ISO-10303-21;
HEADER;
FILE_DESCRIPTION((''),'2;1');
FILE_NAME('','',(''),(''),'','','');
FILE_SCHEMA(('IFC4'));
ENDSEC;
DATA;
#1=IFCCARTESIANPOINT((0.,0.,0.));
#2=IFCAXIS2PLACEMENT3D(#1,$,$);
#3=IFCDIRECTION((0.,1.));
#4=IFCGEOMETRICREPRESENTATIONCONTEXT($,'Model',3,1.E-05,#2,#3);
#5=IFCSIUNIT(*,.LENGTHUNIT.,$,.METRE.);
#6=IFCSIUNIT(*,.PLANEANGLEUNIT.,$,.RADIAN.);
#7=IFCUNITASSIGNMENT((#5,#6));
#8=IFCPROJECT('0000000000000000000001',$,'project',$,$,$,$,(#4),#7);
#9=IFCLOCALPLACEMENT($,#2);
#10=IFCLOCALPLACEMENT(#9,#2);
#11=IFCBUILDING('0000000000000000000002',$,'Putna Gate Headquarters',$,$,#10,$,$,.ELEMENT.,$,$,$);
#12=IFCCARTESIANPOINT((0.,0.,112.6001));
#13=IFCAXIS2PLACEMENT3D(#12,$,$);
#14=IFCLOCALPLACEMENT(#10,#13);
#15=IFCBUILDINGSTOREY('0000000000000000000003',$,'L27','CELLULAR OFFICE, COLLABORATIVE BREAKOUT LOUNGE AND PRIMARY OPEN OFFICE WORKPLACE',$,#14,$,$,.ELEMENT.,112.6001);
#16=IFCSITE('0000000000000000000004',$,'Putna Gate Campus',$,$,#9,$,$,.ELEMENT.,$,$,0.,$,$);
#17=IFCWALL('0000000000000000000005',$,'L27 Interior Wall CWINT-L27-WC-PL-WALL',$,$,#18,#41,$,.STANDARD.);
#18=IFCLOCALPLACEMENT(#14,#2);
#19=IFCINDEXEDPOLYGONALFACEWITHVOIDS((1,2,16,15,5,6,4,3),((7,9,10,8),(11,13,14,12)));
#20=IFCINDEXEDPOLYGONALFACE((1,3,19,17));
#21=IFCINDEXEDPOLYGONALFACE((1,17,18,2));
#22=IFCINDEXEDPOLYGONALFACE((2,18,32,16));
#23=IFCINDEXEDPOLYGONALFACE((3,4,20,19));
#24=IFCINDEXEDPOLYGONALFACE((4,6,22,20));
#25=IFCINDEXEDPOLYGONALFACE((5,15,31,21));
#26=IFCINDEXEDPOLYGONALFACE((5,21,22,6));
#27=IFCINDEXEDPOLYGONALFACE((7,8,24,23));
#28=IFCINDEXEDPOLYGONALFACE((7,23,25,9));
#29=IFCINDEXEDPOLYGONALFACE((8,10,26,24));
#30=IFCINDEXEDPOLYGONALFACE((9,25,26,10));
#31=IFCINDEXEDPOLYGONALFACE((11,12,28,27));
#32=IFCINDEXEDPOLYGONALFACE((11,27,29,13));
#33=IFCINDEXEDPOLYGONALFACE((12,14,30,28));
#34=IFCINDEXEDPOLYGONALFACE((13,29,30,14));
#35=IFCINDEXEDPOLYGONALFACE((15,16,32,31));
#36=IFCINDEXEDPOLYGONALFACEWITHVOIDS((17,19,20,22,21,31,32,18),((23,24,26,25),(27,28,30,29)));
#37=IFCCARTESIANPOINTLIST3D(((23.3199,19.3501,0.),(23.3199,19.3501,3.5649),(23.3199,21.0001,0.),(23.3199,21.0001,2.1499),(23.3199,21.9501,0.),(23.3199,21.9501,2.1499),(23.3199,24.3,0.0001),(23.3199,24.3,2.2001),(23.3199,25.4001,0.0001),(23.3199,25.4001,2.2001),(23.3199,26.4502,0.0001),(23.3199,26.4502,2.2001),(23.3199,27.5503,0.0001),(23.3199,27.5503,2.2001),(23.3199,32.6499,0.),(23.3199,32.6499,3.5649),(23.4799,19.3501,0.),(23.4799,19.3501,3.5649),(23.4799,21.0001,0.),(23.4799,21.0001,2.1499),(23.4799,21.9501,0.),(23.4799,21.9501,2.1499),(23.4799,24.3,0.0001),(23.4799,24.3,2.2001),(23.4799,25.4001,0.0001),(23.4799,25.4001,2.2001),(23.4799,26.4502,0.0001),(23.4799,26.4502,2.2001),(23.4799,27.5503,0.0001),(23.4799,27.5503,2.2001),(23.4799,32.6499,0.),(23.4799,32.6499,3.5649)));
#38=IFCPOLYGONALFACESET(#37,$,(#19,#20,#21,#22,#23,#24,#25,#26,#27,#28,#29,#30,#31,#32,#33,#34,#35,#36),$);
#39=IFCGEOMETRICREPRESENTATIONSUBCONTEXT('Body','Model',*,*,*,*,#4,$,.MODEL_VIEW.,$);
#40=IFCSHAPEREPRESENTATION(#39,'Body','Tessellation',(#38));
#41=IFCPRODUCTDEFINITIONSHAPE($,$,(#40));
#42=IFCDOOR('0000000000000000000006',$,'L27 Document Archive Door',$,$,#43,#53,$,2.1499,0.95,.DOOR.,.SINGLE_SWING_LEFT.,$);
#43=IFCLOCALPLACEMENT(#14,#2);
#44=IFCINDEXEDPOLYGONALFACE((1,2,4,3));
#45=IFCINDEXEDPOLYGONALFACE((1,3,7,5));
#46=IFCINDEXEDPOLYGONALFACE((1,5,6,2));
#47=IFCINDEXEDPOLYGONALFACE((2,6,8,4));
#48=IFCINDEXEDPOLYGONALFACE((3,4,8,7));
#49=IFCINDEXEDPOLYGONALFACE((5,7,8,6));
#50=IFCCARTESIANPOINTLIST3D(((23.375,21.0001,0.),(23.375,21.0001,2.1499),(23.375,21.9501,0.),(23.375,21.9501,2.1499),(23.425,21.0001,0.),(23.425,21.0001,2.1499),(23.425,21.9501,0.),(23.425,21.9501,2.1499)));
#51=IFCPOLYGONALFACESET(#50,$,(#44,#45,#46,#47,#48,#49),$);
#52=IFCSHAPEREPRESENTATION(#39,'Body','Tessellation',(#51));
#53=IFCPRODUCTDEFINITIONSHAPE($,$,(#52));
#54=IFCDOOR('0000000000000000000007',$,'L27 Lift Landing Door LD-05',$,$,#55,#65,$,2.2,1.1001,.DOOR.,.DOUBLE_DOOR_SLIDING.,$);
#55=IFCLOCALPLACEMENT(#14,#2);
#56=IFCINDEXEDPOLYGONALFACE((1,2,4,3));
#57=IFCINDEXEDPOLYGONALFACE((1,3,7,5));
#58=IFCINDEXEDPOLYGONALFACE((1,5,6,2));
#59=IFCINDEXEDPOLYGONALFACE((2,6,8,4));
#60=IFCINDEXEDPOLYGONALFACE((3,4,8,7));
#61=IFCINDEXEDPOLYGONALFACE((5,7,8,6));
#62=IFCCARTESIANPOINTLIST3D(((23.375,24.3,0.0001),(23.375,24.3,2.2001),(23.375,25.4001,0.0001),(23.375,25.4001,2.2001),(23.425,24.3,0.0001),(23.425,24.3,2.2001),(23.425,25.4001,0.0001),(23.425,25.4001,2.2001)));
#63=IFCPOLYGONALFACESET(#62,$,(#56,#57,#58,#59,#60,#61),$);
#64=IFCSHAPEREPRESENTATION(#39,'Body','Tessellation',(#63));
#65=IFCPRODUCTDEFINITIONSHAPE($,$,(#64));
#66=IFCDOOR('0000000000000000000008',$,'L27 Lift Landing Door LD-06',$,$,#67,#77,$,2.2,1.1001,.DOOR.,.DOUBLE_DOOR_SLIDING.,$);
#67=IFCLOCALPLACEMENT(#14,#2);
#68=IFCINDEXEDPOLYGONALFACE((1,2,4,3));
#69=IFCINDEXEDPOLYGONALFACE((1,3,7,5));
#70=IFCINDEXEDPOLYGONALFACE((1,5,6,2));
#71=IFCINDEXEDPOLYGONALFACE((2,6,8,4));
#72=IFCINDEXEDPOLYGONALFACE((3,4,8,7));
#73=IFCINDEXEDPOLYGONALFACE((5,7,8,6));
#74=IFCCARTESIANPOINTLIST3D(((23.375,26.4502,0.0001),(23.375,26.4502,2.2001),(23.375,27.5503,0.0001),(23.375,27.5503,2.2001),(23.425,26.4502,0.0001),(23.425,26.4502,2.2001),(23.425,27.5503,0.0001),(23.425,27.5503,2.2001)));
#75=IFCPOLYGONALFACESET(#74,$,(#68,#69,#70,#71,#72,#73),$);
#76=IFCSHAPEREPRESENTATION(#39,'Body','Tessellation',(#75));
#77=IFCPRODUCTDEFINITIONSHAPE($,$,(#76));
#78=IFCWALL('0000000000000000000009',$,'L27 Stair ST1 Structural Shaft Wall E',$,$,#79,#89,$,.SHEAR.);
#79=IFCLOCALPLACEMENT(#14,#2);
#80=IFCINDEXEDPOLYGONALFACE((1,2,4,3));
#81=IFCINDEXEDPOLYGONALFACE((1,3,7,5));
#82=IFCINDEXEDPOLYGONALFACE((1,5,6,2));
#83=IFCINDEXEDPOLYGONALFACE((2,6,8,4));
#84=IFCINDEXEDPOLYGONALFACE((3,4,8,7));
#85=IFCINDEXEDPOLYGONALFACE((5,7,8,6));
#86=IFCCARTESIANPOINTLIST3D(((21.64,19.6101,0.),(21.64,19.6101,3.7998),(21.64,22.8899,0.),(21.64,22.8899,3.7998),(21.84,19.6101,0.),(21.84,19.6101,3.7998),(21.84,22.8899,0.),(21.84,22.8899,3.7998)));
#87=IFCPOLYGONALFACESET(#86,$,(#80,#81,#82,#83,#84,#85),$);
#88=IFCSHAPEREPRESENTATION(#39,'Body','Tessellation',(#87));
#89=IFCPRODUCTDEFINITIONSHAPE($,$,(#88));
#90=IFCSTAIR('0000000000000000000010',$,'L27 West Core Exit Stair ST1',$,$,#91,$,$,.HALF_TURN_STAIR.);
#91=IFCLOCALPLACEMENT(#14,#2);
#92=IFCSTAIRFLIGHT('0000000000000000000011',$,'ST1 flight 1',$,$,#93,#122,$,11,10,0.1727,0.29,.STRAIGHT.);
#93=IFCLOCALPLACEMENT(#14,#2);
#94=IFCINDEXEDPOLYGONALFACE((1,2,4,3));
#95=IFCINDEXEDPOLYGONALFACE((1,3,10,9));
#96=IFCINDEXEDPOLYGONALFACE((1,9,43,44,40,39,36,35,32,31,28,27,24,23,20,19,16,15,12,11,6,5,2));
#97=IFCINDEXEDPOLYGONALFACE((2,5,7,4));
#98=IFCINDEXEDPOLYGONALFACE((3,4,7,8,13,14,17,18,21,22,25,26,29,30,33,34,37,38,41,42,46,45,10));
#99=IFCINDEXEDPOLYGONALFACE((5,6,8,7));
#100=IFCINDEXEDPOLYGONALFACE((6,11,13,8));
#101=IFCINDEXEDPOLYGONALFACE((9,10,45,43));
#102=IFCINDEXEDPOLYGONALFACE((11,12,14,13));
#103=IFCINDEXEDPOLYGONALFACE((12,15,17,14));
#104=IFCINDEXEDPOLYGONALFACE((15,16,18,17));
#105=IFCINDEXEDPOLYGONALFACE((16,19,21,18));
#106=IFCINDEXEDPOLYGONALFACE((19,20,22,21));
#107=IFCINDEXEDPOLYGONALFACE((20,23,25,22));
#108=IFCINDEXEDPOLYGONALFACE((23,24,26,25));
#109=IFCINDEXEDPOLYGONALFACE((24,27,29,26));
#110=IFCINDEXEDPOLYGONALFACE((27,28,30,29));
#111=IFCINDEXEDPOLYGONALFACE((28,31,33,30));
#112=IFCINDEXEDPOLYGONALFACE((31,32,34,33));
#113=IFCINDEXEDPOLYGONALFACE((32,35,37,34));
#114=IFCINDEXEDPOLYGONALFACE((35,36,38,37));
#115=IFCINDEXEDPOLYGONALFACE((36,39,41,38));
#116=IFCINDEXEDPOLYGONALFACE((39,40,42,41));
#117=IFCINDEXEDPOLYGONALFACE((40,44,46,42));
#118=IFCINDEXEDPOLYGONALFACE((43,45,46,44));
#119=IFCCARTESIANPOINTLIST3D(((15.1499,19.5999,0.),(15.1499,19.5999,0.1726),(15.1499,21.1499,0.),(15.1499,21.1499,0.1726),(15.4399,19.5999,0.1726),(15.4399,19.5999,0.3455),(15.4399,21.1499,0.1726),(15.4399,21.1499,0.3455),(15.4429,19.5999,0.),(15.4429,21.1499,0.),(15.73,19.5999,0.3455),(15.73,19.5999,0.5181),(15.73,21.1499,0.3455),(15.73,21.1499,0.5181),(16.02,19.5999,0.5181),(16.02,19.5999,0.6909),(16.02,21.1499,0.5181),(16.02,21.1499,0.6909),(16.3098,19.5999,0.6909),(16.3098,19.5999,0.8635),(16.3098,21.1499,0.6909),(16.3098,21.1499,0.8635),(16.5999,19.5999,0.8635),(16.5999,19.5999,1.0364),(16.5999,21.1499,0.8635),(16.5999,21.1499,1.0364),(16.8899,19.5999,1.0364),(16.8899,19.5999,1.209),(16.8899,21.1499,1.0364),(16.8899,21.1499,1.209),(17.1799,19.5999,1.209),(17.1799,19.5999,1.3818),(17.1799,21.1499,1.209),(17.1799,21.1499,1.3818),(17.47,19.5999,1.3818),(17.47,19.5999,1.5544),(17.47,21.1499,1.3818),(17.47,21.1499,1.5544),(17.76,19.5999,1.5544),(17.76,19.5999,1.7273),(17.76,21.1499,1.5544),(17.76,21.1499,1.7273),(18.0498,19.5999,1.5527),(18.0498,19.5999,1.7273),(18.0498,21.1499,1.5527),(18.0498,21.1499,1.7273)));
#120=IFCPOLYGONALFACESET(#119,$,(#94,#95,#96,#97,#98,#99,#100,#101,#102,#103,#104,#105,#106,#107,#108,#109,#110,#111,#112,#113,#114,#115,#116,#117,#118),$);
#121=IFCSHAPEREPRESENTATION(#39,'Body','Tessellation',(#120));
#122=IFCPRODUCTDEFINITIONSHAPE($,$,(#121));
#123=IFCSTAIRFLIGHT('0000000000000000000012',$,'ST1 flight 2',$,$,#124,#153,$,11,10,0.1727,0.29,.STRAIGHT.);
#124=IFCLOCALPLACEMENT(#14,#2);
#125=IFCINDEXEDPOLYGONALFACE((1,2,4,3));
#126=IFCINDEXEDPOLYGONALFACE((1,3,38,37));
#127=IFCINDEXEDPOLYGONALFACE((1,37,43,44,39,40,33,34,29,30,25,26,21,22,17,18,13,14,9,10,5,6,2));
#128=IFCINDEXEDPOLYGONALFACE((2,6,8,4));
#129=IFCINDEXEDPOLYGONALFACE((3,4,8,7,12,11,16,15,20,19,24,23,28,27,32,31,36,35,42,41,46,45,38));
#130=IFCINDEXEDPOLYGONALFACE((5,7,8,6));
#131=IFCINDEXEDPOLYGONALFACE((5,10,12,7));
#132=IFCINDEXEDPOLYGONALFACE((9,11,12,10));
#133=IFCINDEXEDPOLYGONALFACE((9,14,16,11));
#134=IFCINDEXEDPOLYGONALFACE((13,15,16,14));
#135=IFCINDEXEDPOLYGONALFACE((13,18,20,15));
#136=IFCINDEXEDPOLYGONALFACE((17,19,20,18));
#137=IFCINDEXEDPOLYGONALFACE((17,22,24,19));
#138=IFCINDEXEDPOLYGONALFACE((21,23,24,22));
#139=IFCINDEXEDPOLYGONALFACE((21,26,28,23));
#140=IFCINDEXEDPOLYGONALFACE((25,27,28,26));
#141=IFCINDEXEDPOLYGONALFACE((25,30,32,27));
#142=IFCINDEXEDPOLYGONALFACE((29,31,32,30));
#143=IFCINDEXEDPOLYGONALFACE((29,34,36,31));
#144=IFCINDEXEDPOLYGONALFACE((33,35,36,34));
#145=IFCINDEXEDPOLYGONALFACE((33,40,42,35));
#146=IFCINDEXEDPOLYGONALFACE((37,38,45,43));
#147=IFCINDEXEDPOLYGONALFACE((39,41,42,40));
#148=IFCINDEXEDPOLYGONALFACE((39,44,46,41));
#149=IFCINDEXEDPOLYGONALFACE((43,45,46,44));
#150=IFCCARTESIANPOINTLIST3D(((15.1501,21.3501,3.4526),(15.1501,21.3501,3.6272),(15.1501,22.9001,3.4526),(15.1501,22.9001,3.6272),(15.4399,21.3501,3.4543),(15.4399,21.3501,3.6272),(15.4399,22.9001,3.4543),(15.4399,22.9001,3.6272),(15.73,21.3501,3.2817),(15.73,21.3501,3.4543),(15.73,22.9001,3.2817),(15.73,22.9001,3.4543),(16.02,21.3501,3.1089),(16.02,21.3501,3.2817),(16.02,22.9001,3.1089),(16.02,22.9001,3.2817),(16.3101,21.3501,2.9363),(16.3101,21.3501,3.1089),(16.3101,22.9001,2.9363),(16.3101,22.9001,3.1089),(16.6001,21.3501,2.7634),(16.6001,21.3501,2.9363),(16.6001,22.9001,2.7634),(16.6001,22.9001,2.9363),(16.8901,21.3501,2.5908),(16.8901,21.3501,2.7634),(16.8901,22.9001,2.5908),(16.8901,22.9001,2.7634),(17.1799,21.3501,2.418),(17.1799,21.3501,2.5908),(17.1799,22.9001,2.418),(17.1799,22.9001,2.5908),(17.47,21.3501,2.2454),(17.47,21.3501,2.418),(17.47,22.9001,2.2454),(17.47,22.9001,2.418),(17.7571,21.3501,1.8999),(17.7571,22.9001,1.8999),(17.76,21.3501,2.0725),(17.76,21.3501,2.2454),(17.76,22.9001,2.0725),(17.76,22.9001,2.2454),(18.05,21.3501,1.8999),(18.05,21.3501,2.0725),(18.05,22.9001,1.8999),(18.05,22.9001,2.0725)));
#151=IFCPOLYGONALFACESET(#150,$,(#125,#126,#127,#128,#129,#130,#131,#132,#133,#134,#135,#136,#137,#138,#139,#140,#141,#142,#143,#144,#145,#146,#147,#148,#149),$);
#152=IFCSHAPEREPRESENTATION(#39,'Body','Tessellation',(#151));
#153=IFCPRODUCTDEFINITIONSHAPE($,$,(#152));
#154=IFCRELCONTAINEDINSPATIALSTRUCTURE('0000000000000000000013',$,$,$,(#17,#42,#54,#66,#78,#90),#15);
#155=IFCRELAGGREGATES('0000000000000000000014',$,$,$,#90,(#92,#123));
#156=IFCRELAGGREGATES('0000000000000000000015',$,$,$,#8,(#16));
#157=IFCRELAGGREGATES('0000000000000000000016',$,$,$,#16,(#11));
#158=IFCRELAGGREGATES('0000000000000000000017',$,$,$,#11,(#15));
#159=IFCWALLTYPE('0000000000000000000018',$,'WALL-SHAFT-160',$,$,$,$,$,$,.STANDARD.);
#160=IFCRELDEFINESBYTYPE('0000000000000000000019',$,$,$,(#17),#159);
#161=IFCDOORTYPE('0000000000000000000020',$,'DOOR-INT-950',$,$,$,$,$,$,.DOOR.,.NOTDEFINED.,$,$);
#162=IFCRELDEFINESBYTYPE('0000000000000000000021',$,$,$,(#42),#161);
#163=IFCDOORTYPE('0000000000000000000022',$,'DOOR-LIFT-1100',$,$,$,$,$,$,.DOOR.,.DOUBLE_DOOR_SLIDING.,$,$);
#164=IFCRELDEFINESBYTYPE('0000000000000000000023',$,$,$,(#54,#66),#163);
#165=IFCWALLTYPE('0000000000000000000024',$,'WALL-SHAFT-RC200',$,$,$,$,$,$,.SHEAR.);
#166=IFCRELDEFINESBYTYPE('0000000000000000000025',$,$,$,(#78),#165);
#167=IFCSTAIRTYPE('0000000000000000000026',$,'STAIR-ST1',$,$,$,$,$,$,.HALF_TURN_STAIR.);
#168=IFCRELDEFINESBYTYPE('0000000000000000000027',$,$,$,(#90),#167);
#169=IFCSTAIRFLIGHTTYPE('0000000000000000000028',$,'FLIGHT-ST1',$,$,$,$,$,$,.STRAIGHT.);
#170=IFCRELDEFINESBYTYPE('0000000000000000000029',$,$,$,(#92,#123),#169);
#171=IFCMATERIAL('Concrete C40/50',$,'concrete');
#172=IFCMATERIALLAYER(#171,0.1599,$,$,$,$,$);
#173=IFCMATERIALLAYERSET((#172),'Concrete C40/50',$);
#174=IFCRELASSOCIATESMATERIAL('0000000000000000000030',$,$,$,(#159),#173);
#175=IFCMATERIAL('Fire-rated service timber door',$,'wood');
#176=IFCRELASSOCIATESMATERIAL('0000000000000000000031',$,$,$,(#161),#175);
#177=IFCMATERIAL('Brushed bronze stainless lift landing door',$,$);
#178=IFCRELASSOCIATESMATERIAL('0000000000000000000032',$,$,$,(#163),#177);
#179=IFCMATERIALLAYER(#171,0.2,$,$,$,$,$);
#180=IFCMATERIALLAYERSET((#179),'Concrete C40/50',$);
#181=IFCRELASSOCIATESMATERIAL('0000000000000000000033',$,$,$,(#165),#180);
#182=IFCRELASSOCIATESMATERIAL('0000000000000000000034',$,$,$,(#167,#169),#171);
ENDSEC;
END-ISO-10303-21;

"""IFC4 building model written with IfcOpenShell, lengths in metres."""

from ifc_helpers import new_model, si_unit, direction, frame, frame_2d, origin, place, context, subcontext, project, spatial, polyline, rectangle, outline, extrude, material, layer, layer_set, type_object, element, fill, aggregate, save


model = new_model("IFC4")

# Units and contexts
model_context = context("Model", 3, precision=1e-05, world=origin(), true_north=direction((0.0, 1.0)))
body_context = subcontext(model_context, "Body", "Model", "MODEL_VIEW")
ifc_project = project(units=[si_unit("LENGTHUNIT", "METRE"), si_unit("PLANEANGLEUNIT", "RADIAN")], contexts=[model_context])

# Site, building, storey
site_placement = place(None, origin())
site = spatial("IfcSite", under=ifc_project, at=site_placement, Name="Putna Gate Campus", CompositionType="ELEMENT", RefElevation=0.0)
building_placement = place(site_placement, origin())
building = spatial("IfcBuilding", under=site, at=building_placement, Name="Putna Gate Headquarters", CompositionType="ELEMENT")
storey_placement = place(building_placement, frame((0.0, 0.0, 112.6001)))
storey = spatial("IfcBuildingStorey", under=building, at=storey_placement, Name="L27", Description="CELLULAR OFFICE, COLLABORATIVE BREAKOUT LOUNGE AND PRIMARY OPEN OFFICE WORKPLACE", CompositionType="ELEMENT", Elevation=112.6001)

# Wall, openings, doors
ifc_material_1 = material(Name="Concrete C40/50", Category="concrete")
ifc_layer_1 = layer(ifc_material_1, 0.1599)
ifc_layer_set_1 = layer_set([ifc_layer_1], Name="Concrete C40/50")
wall_type_1 = type_object("IfcWallType", Name="WALL-SHAFT-160", PredefinedType="STANDARD", material=ifc_layer_set_1)
wall_1_placement = place(storey_placement, frame((23.3999, 19.3501, 0.0), z_axis=(0.0, 0.0, 1.0), x_axis=(0.0, 1.0, 0.0)))
wall_1 = element("IfcWall", 1, at=wall_1_placement, inside=storey, type_object=wall_type_1, Name="L27 Interior Wall CWINT-L27-WC-PL-WALL", PredefinedType="STANDARD", context=body_context, shape_type="SweptSolid", body=[
    extrude(rectangle(XDim=13.2998, YDim=0.1599, at=frame_2d((6.6499, 0.0))), origin(), (0.0, 0.0, 1.0), 3.5649),
])
opening_1_placement = place(wall_1_placement, frame((1.6499, 0.0, 0.0)))
opening_1 = element("IfcOpeningElement", 2, at=opening_1_placement, cuts=wall_1, PredefinedType="OPENING", context=body_context, shape_type="SweptSolid", body=[
    extrude(rectangle(XDim=0.95, YDim=2.1499, at=frame_2d((0.4751, 1.075))), frame((0.0, 0.0898, 0.0), z_axis=(0.0, -1.0, 0.0), x_axis=(1.0, 0.0, 0.0)), (0.0, 0.0, 1.0), 0.1799),
])
opening_2_placement = place(wall_1_placement, frame((4.95, 0.0, 0.0)))
opening_2 = element("IfcOpeningElement", 3, at=opening_2_placement, cuts=wall_1, PredefinedType="OPENING", context=body_context, shape_type="SweptSolid", body=[
    extrude(rectangle(XDim=1.1001, YDim=2.2, at=frame_2d((0.55, 1.1001))), frame((0.0, 0.0898, 0.0), z_axis=(0.0, -1.0, 0.0), x_axis=(1.0, 0.0, 0.0)), (0.0, 0.0, 1.0), 0.1799),
])
opening_3_placement = place(wall_1_placement, frame((7.1001, 0.0, 0.0)))
opening_3 = element("IfcOpeningElement", 4, at=opening_3_placement, cuts=wall_1, PredefinedType="OPENING", context=body_context, shape_type="SweptSolid", body=[
    extrude(rectangle(XDim=1.1001, YDim=2.2, at=frame_2d((0.55, 1.1001))), frame((0.0, 0.0898, 0.0), z_axis=(0.0, -1.0, 0.0), x_axis=(1.0, 0.0, 0.0)), (0.0, 0.0, 1.0), 0.1799),
])
ifc_material_2 = material(Name="Fire-rated service timber door", Category="wood")
door_type_1 = type_object("IfcDoorType", Name="DOOR-INT-950", OperationType="NOTDEFINED", PredefinedType="DOOR", material=ifc_material_2)
door_1_placement = place(opening_1_placement, origin())
door_1 = element("IfcDoor", 5, at=door_1_placement, inside=storey, type_object=door_type_1, Name="L27 Document Archive Door", OperationType="SINGLE_SWING_LEFT", OverallHeight=2.1499, OverallWidth=0.95, PredefinedType="DOOR", context=body_context, shape_type="SweptSolid", body=[
    extrude(rectangle(XDim=0.95, YDim=2.1499, at=frame_2d((0.4751, 1.075))), frame((0.0, 0.0249, 0.0), z_axis=(0.0, -1.0, 0.0), x_axis=(1.0, 0.0, 0.0)), (0.0, 0.0, 1.0), 0.05),
])
fill(opening_1, door_1)
ifc_material_3 = material(Name="Brushed bronze stainless lift landing door")
door_type_2 = type_object("IfcDoorType", Name="DOOR-LIFT-1100", OperationType="DOUBLE_DOOR_SLIDING", PredefinedType="DOOR", material=ifc_material_3)
door_2_placement = place(opening_2_placement, origin())
door_2 = element("IfcDoor", 6, at=door_2_placement, inside=storey, type_object=door_type_2, Name="L27 Lift Landing Door LD-05", OperationType="DOUBLE_DOOR_SLIDING", OverallHeight=2.2, OverallWidth=1.1001, PredefinedType="DOOR", context=body_context, shape_type="SweptSolid", body=[
    extrude(rectangle(XDim=1.1001, YDim=2.2, at=frame_2d((0.55, 1.1001))), frame((0.0, 0.0249, 0.0), z_axis=(0.0, -1.0, 0.0), x_axis=(1.0, 0.0, 0.0)), (0.0, 0.0, 1.0), 0.05),
])
fill(opening_2, door_2)
door_3_placement = place(opening_3_placement, origin())
door_3 = element("IfcDoor", 7, at=door_3_placement, inside=storey, type_object=door_type_2, Name="L27 Lift Landing Door LD-06", OperationType="DOUBLE_DOOR_SLIDING", OverallHeight=2.2, OverallWidth=1.1001, PredefinedType="DOOR", context=body_context, shape_type="SweptSolid", body=[
    extrude(rectangle(XDim=1.1001, YDim=2.2, at=frame_2d((0.55, 1.1001))), frame((0.0, 0.0249, 0.0), z_axis=(0.0, -1.0, 0.0), x_axis=(1.0, 0.0, 0.0)), (0.0, 0.0, 1.0), 0.05),
])
fill(opening_3, door_3)

# Wall
ifc_layer_2 = layer(ifc_material_1, 0.2)
ifc_layer_set_2 = layer_set([ifc_layer_2], Name="Concrete C40/50")
wall_type_2 = type_object("IfcWallType", Name="WALL-SHAFT-RC200", PredefinedType="SHEAR", material=ifc_layer_set_2)
wall_2_placement = place(storey_placement, frame((21.74, 19.6101, 0.0), z_axis=(0.0, 0.0, 1.0), x_axis=(0.0, 1.0, 0.0)))
element("IfcWall", 8, at=wall_2_placement, inside=storey, type_object=wall_type_2, Name="L27 Stair ST1 Structural Shaft Wall E", PredefinedType="SHEAR", context=body_context, shape_type="SweptSolid", body=[
    extrude(rectangle(XDim=3.2798, YDim=0.2, at=frame_2d((1.6399, 0.0))), origin(), (0.0, 0.0, 1.0), 3.7998),
])

# Stair, stair flights
stair_type = type_object("IfcStairType", Name="STAIR-ST1", PredefinedType="HALF_TURN_STAIR", material=ifc_material_1)
stair_placement = place(storey_placement, origin())
stair = element("IfcStair", 9, at=stair_placement, inside=storey, type_object=stair_type, Name="L27 West Core Exit Stair ST1", PredefinedType="HALF_TURN_STAIR")
stair_flight_type = type_object("IfcStairFlightType", Name="FLIGHT-ST1", PredefinedType="STRAIGHT", material=ifc_material_1)
stair_flight_1_placement = place(storey_placement, frame((15.1499, 20.375, 0.0), z_axis=(0.0, 0.0, 1.0), x_axis=(1.0, 0.0, 0.0)))
stair_flight_1 = element("IfcStairFlight", 10, at=stair_flight_1_placement, type_object=stair_flight_type, Name="ST1 flight 1", NumberOfRisers=11, NumberOfTreads=10, PredefinedType="STRAIGHT", RiserHeight=0.1727, TreadLength=0.29, context=body_context, shape_type="SweptSolid", body=[
    extrude(outline(polyline([(0.0, 0.0), (0.0, 0.1726), (0.29, 0.1726), (0.29, 0.3455), (0.5801, 0.3455), (0.5801, 0.5181), (0.8701, 0.5181), (0.8701, 0.6909), (1.1599, 0.6909), (1.1599, 0.8635), (1.45, 0.8635), (1.45, 1.0364), (1.74, 1.0364), (1.74, 1.209), (2.03, 1.209), (2.03, 1.3818), (2.3201, 1.3818), (2.3201, 1.5544), (2.6101, 1.5544), (2.6101, 1.7273), (2.8999, 1.7273), (2.8999, 1.8999), (2.8999, 1.5527), (0.293, 0.0), (0.0, 0.0)])), frame((0.0, 0.7749, 0.0), z_axis=(0.0, -1.0, 0.0), x_axis=(1.0, 0.0, 0.0)), (0.0, 0.0, 1.0), 1.55),
])
stair_flight_2_placement = place(storey_placement, frame((18.05, 22.125, 1.8999), z_axis=(0.0, 0.0, 1.0), x_axis=(-1.0, 0.0, 0.0)))
stair_flight_2 = element("IfcStairFlight", 11, at=stair_flight_2_placement, type_object=stair_flight_type, Name="ST1 flight 2", NumberOfRisers=11, NumberOfTreads=10, PredefinedType="STRAIGHT", RiserHeight=0.1727, TreadLength=0.29, context=body_context, shape_type="SweptSolid", body=[
    extrude(outline(polyline([(0.0, 0.0), (0.0, 0.1726), (0.29, 0.1726), (0.29, 0.3455), (0.5801, 0.3455), (0.5801, 0.5181), (0.8701, 0.5181), (0.8701, 0.6909), (1.1599, 0.6909), (1.1599, 0.8635), (1.45, 0.8635), (1.45, 1.0364), (1.74, 1.0364), (1.74, 1.209), (2.03, 1.209), (2.03, 1.3818), (2.3201, 1.3818), (2.3201, 1.5544), (2.6101, 1.5544), (2.6101, 1.7273), (2.8999, 1.7273), (2.8999, 1.8999), (2.8999, 1.5527), (0.293, 0.0), (0.0, 0.0)])), frame((0.0, 0.7749, 0.0), z_axis=(0.0, -1.0, 0.0), x_axis=(1.0, 0.0, 0.0)), (0.0, 0.0, 1.0), 1.55),
])
aggregate(stair, [stair_flight_1, stair_flight_2])

save(model, "model.ifc")
